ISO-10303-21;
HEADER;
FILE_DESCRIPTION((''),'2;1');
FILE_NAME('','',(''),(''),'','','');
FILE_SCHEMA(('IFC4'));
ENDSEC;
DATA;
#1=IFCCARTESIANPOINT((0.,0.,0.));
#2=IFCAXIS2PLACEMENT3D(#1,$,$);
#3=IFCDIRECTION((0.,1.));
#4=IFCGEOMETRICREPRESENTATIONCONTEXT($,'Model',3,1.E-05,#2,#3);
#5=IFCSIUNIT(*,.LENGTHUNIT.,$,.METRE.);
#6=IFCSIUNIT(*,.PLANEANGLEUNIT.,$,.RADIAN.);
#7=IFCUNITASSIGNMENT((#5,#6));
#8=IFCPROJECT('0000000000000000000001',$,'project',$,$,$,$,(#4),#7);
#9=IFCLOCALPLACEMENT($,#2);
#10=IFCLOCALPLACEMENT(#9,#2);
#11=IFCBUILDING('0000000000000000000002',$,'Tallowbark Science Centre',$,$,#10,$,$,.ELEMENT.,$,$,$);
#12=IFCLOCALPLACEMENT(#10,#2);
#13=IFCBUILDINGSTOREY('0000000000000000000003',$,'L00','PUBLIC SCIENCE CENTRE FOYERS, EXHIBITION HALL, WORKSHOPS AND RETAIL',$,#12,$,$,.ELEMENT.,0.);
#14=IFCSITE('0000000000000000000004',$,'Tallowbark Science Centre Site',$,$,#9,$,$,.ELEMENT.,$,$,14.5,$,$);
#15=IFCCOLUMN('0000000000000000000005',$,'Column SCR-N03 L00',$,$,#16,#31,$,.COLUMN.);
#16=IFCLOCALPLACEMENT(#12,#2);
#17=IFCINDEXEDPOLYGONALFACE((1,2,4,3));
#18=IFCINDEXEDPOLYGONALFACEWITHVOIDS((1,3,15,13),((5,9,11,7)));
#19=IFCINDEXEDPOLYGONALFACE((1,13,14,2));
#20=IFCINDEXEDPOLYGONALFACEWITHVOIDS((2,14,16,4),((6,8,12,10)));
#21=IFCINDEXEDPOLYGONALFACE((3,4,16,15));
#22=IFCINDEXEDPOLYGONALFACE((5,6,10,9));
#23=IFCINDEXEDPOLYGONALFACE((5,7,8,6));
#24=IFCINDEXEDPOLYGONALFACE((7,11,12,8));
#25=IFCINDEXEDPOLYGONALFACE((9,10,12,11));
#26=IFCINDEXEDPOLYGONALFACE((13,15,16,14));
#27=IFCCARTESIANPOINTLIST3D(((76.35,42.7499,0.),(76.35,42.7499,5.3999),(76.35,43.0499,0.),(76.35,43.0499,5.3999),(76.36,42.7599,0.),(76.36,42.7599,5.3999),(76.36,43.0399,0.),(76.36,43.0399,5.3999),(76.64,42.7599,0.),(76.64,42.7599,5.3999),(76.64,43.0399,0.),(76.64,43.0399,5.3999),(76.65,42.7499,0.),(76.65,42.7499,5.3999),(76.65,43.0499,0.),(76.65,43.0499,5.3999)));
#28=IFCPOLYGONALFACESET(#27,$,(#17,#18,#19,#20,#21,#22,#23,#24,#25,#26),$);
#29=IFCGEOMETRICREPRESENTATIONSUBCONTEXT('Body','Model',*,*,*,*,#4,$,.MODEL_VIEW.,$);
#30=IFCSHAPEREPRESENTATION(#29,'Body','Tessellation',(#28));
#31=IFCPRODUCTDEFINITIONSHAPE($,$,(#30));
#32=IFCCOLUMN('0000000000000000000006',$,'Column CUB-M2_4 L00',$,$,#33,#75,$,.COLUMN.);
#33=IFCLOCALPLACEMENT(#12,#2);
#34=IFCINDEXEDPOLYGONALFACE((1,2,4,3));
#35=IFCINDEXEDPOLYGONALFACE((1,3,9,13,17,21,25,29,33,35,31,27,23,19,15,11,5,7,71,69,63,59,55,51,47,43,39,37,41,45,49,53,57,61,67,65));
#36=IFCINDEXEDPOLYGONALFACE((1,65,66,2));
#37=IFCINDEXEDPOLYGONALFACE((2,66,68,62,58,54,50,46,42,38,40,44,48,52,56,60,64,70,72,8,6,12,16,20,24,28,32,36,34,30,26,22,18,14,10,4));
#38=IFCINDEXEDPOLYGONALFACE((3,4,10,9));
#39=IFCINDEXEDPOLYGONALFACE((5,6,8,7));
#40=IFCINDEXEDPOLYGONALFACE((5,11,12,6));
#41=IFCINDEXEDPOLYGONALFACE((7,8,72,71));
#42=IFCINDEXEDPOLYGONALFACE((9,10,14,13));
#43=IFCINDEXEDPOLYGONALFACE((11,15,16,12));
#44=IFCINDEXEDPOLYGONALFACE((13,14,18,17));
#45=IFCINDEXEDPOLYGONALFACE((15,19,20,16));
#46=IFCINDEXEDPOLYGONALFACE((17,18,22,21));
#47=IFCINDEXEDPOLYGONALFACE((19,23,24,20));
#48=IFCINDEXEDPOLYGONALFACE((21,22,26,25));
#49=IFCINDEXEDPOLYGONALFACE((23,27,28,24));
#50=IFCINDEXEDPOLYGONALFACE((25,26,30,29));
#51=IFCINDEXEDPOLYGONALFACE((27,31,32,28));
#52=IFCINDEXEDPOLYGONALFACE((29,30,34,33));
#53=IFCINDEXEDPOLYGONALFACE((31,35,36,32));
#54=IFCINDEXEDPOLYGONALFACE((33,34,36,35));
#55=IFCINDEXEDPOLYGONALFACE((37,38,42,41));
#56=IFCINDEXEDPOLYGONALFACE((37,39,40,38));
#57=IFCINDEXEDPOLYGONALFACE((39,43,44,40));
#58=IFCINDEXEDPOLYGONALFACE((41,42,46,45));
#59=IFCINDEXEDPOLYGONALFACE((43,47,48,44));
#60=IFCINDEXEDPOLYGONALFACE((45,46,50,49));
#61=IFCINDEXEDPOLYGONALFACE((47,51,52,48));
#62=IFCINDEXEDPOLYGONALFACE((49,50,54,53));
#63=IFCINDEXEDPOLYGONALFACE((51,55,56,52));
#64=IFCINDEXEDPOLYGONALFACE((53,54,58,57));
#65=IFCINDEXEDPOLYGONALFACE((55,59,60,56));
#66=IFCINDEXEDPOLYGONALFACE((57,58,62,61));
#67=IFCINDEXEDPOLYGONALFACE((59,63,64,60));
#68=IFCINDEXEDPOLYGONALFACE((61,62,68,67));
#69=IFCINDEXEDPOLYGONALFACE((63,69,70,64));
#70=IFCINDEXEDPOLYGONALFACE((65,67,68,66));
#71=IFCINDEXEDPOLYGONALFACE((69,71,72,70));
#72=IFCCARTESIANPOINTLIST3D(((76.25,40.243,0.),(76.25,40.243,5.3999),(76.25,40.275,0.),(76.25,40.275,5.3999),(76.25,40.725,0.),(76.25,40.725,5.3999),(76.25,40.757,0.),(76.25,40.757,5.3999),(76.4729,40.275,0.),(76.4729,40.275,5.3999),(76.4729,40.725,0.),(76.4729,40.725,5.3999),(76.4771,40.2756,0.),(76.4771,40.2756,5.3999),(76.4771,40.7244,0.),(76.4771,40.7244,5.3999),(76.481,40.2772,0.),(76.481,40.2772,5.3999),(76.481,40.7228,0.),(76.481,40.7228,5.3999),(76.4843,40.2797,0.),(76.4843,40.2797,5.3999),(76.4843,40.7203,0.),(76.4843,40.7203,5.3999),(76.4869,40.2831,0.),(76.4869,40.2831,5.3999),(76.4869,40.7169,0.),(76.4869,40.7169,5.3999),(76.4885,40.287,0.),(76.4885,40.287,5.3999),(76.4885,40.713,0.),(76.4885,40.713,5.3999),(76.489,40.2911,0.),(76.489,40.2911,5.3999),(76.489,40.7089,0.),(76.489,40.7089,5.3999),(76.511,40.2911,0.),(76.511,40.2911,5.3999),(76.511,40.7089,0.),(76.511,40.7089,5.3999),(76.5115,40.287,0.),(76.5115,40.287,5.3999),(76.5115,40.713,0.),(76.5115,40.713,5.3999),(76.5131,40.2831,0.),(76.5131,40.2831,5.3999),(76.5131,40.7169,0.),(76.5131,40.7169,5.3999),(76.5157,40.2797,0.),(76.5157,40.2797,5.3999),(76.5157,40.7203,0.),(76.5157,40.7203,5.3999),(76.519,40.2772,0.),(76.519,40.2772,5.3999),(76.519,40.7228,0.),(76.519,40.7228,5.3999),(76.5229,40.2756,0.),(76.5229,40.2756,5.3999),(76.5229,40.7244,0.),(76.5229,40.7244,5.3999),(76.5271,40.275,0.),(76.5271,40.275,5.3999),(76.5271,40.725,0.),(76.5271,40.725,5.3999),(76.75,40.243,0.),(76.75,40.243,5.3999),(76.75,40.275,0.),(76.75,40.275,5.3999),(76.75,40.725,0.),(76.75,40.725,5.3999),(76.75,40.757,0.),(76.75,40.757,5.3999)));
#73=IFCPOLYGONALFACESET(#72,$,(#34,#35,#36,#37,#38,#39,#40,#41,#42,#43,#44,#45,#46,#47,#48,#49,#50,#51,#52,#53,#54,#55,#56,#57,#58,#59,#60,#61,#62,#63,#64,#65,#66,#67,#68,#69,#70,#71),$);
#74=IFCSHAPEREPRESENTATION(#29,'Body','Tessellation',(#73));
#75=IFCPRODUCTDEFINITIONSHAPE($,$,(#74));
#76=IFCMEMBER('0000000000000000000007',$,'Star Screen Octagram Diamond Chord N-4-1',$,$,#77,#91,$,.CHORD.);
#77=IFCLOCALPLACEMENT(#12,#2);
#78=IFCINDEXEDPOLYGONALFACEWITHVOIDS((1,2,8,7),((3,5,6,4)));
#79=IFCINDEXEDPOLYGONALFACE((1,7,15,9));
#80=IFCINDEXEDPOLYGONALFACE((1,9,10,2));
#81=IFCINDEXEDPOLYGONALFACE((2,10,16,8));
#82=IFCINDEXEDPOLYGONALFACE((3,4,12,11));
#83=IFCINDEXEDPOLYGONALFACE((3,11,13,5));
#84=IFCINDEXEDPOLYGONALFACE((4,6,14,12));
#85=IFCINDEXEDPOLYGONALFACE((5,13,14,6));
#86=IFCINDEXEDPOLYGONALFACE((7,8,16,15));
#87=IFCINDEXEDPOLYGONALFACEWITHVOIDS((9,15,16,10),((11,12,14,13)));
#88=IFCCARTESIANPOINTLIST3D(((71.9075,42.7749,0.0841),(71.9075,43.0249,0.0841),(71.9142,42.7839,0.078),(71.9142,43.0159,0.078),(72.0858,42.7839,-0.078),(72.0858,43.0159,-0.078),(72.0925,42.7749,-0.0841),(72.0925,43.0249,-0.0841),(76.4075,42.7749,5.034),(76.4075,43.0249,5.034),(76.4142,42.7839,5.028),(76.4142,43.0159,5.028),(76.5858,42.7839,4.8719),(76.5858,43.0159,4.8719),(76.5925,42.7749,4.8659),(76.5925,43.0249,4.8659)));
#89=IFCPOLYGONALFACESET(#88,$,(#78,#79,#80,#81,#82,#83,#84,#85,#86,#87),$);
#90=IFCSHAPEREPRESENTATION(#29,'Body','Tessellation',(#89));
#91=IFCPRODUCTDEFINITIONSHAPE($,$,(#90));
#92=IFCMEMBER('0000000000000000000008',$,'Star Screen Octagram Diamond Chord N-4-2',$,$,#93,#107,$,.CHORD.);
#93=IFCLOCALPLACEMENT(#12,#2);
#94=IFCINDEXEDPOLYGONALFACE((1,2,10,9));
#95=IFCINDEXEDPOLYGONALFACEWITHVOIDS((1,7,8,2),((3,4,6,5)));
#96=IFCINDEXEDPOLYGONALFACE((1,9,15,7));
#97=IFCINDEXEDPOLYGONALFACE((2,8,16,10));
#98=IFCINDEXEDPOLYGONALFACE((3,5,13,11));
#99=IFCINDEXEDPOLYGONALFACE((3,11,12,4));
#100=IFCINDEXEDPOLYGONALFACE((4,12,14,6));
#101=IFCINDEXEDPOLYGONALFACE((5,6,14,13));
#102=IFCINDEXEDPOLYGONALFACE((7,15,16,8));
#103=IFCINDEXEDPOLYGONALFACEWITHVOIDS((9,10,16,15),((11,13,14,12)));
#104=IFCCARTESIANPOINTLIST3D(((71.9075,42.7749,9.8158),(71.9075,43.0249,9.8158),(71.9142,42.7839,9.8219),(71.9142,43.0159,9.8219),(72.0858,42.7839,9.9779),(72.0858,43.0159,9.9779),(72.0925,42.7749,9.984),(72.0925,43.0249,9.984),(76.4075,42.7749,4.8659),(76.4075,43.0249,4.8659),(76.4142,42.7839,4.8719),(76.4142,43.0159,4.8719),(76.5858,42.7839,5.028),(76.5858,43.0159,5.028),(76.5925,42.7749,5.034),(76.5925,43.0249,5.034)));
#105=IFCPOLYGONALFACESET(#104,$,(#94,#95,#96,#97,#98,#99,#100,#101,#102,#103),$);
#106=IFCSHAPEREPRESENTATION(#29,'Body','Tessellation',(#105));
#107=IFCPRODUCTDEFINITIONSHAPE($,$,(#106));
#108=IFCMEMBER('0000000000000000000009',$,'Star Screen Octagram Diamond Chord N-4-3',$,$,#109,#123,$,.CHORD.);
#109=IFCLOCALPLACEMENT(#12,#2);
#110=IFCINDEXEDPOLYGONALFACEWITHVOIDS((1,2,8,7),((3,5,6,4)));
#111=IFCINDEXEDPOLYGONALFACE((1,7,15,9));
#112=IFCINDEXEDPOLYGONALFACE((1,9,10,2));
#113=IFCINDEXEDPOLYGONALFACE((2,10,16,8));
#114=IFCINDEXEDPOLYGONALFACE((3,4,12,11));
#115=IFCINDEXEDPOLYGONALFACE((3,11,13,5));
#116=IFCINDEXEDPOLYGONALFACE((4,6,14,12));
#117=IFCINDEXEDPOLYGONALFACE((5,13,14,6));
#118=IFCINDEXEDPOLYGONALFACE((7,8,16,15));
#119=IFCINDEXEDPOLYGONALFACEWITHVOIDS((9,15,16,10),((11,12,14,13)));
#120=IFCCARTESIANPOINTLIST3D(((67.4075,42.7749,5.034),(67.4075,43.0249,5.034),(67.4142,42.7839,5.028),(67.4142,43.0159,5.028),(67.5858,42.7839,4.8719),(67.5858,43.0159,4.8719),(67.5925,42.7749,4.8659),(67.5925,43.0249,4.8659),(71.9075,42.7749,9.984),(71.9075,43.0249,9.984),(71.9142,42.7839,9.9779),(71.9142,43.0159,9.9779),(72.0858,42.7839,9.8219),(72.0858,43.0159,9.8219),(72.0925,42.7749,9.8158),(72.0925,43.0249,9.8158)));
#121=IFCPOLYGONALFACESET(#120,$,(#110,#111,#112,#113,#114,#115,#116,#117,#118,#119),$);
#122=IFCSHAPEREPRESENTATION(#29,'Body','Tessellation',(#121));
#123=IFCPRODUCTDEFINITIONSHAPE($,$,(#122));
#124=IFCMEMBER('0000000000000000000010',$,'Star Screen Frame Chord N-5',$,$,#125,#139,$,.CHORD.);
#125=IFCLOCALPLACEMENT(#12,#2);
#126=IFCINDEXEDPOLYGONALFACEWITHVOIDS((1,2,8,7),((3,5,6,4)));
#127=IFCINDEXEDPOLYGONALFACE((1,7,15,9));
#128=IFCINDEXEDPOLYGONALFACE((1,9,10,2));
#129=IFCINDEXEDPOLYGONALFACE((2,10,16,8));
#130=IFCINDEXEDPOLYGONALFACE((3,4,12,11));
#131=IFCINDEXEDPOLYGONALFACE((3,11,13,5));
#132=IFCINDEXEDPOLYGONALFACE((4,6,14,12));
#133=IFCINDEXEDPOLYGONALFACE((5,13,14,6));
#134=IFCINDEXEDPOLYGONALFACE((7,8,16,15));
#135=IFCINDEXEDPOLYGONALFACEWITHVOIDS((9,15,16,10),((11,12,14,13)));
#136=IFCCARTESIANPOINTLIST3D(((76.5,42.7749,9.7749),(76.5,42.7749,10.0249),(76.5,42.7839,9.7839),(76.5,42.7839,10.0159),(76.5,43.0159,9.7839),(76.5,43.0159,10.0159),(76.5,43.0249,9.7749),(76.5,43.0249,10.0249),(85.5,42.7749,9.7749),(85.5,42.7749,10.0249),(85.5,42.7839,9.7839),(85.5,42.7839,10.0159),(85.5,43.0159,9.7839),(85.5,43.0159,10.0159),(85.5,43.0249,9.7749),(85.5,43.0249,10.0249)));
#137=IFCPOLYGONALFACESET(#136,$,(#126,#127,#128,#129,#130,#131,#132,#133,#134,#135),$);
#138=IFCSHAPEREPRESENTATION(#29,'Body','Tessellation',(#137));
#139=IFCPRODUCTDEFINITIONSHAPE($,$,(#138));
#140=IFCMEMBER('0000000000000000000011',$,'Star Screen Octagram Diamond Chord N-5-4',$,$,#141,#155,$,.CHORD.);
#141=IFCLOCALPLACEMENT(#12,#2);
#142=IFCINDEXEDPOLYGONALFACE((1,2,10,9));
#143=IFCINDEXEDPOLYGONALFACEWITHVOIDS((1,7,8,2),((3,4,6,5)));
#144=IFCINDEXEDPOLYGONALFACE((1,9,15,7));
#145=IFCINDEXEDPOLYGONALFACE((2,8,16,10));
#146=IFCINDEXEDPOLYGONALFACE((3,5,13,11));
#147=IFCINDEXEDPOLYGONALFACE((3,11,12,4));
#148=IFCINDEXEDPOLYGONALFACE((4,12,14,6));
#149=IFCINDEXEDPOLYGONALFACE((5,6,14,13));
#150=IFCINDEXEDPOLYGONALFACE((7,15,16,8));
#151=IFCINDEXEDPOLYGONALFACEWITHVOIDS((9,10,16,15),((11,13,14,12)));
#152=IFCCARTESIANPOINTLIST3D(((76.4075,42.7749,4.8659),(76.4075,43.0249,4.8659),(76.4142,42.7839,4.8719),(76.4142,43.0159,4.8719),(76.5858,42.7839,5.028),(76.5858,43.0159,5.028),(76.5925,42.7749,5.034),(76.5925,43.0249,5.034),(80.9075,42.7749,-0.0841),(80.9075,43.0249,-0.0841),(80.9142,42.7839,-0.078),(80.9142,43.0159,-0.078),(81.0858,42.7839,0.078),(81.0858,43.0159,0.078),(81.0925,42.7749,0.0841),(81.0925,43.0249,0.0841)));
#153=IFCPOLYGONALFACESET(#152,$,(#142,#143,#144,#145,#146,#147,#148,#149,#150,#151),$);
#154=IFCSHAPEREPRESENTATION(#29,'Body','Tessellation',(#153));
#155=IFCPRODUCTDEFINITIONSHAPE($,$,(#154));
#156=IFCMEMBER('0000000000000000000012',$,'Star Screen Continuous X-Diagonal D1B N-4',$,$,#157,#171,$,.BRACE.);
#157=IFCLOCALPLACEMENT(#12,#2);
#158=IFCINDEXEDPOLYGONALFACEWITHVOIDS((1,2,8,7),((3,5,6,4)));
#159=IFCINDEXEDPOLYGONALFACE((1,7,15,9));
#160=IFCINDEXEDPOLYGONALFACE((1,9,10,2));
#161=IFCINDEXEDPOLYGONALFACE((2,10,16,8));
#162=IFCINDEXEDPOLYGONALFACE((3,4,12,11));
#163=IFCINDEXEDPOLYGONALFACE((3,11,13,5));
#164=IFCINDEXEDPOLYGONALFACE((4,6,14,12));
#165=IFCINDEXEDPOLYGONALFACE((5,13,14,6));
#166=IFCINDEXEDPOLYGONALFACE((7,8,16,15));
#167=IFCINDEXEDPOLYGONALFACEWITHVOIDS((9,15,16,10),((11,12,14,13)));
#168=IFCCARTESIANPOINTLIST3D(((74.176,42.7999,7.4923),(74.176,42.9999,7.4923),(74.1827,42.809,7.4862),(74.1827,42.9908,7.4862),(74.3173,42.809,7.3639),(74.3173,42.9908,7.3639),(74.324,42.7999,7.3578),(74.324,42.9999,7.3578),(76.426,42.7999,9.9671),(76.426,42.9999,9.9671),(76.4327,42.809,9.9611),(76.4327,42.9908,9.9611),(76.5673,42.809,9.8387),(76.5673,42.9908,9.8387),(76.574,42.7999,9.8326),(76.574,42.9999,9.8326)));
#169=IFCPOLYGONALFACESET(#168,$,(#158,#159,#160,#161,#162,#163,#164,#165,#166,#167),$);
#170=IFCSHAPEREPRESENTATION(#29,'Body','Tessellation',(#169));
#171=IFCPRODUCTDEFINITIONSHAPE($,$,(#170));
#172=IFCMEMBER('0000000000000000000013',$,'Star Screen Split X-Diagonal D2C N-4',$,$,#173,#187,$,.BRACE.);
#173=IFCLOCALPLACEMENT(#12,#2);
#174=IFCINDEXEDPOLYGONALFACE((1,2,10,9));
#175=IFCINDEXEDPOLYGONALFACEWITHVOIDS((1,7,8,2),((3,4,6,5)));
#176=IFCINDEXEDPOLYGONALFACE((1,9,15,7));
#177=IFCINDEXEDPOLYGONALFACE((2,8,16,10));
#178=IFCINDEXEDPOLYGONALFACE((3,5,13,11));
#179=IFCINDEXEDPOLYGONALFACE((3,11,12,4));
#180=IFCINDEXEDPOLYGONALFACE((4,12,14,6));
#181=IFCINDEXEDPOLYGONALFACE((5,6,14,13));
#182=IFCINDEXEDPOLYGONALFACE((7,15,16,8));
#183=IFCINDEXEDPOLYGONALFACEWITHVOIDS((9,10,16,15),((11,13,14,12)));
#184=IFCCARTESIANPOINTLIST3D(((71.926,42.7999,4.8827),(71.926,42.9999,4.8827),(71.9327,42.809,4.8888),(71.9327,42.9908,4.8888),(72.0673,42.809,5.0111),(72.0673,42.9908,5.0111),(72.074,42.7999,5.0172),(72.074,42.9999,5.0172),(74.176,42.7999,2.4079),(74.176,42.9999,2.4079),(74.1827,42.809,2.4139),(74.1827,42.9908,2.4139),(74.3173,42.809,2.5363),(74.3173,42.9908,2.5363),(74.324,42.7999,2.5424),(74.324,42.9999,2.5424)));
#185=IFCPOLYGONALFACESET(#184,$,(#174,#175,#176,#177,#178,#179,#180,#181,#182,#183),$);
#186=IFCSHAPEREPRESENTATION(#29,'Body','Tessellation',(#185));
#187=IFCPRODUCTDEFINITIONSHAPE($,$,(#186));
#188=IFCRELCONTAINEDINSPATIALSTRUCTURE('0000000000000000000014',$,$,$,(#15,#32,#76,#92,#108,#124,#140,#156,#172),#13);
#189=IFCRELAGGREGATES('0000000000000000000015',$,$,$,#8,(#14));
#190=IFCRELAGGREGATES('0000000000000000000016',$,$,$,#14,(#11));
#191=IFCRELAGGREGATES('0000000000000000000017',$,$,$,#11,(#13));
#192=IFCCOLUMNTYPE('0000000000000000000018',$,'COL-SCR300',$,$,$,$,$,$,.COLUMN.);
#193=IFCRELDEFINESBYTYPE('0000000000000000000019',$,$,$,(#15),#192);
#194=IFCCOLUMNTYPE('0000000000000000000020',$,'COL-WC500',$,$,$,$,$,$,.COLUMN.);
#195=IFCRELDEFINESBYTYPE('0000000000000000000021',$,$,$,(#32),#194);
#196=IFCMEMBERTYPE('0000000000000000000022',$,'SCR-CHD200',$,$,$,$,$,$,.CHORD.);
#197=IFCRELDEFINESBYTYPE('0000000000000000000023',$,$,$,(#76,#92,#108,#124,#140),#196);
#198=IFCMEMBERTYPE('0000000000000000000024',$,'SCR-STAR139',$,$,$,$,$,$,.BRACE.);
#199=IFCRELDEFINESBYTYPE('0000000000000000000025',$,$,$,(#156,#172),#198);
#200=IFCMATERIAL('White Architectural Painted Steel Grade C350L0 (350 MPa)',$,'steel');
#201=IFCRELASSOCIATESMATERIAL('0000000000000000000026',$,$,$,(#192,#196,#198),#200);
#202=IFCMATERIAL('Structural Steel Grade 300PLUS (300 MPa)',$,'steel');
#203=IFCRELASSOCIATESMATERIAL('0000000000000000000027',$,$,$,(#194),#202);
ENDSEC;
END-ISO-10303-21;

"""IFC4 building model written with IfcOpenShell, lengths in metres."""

from ifc_helpers import new_model, si_unit, direction, frame, origin, origin_2d, place, context, subcontext, project, spatial, hollow_rectangle, i_section, extrude, material, material_profile, profile_set, type_object, element, save


model = new_model("IFC4")

# Units and contexts
model_context = context("Model", 3, precision=1e-05, world=origin(), true_north=direction((0.0, 1.0)))
body_context = subcontext(model_context, "Body", "Model", "MODEL_VIEW")
ifc_project = project(units=[si_unit("LENGTHUNIT", "METRE"), si_unit("PLANEANGLEUNIT", "RADIAN")], contexts=[model_context])

# Site, building, storey
site_placement = place(None, origin())
site = spatial("IfcSite", under=ifc_project, at=site_placement, Name="Tallowbark Science Centre Site", CompositionType="ELEMENT", RefElevation=14.5)
building_placement = place(site_placement, origin())
building = spatial("IfcBuilding", under=site, at=building_placement, Name="Tallowbark Science Centre", CompositionType="ELEMENT")
storey_placement = place(building_placement, origin())
storey = spatial("IfcBuildingStorey", under=building, at=storey_placement, Name="L00", Description="PUBLIC SCIENCE CENTRE FOYERS, EXHIBITION HALL, WORKSHOPS AND RETAIL", CompositionType="ELEMENT", Elevation=0.0)

# Columns
ifc_material_1 = material(Name="White Architectural Painted Steel Grade C350L0 (350 MPa)", Category="steel")
ifc_material_profile_1 = material_profile(ifc_material_1, hollow_rectangle(XDim=0.3, YDim=0.3, WallThickness=0.01, at=origin_2d()), Name="300x300x10.0SHS")
ifc_profile_set_1 = profile_set([ifc_material_profile_1], Name="White Architectural Painted Steel Grade C350L0 (350 MPa)")
column_type_1 = type_object("IfcColumnType", Name="COL-SCR300", PredefinedType="COLUMN", material=ifc_profile_set_1)
column_1_placement = place(storey_placement, frame((76.5, 42.8999, 0.0), z_axis=(0.0, 0.0, 1.0), x_axis=(1.0, 0.0, 0.0)))
element("IfcColumn", 1, at=column_1_placement, inside=storey, type_object=column_type_1, Name="Column SCR-N03 L00", PredefinedType="COLUMN", context=body_context, shape_type="SweptSolid", body=[
    extrude(hollow_rectangle(XDim=0.3, YDim=0.3, WallThickness=0.01, at=origin_2d()), origin(), (0.0, 0.0, 1.0), 5.3999),
])
ifc_material_2 = material(Name="Structural Steel Grade 300PLUS (300 MPa)", Category="steel")
ifc_material_profile_2 = material_profile(ifc_material_2, i_section(OverallWidth=0.5, OverallDepth=0.5139, WebThickness=0.022, FlangeThickness=0.032, FilletRadius=0.0161, at=origin_2d()), Name="500WC340")
ifc_profile_set_2 = profile_set([ifc_material_profile_2], Name="Structural Steel Grade 300PLUS (300 MPa)")
column_type_2 = type_object("IfcColumnType", Name="COL-WC500", PredefinedType="COLUMN", material=ifc_profile_set_2)
column_2_placement = place(storey_placement, frame((76.5, 40.5, 0.0), z_axis=(0.0, 0.0, 1.0), x_axis=(1.0, 0.0, 0.0)))
element("IfcColumn", 2, at=column_2_placement, inside=storey, type_object=column_type_2, Name="Column CUB-M2_4 L00", PredefinedType="COLUMN", context=body_context, shape_type="SweptSolid", body=[
    extrude(i_section(OverallWidth=0.5, OverallDepth=0.5139, WebThickness=0.022, FlangeThickness=0.032, FilletRadius=0.0161, at=origin_2d()), origin(), (0.0, 0.0, 1.0), 5.3999),
])

# Members
ifc_material_profile_3 = material_profile(ifc_material_1, hollow_rectangle(XDim=0.25, YDim=0.25, WallThickness=0.009, at=origin_2d()), Name="250x250x9.0SHS")
ifc_profile_set_3 = profile_set([ifc_material_profile_3], Name="White Architectural Painted Steel Grade C350L0 (350 MPa)")
member_type_1 = type_object("IfcMemberType", Name="SCR-CHD200", PredefinedType="CHORD", material=ifc_profile_set_3)
for number, where, z_axis, x_axis, name in (
    (3, (72.0, 42.8999, 0.0), (0.672676, 0.0, 0.739937), (0.0, 1.0, 0.0), "Star Screen Octagram Diamond Chord N-4-1"),
    (4, (76.5, 42.8999, 4.95), (-0.672676, 0.0, 0.739937), (0.0, -1.0, 0.0), "Star Screen Octagram Diamond Chord N-4-2"),
    (5, (72.0, 42.8999, 9.8999), (-0.672676, 0.0, -0.739937), (0.0, -1.0, 0.0), "Star Screen Octagram Diamond Chord N-4-3"),
):
    element("IfcMember", number, at=place(storey_placement, frame(where, z_axis=z_axis, x_axis=x_axis)), inside=storey, type_object=member_type_1, Name=name, PredefinedType="CHORD", context=body_context, shape_type="SweptSolid", body=[
        extrude(hollow_rectangle(XDim=0.25, YDim=0.25, WallThickness=0.009, at=origin_2d()), origin(), (0.0, 0.0, 1.0), 6.6897),
    ])
member_1_placement = place(storey_placement, frame((76.5, 42.8999, 9.8999), z_axis=(1.0, 0.0, 0.0), x_axis=(0.0, 1.0, 0.0)))
element("IfcMember", 6, at=member_1_placement, inside=storey, type_object=member_type_1, Name="Star Screen Frame Chord N-5", PredefinedType="CHORD", context=body_context, shape_type="SweptSolid", body=[
    extrude(hollow_rectangle(XDim=0.25, YDim=0.25, WallThickness=0.009, at=origin_2d()), origin(), (0.0, 0.0, 1.0), 9.0),
])
member_2_placement = place(storey_placement, frame((76.5, 42.8999, 4.95), z_axis=(0.672676, 0.0, -0.739937), x_axis=(0.0, 1.0, 0.0)))
element("IfcMember", 7, at=member_2_placement, inside=storey, type_object=member_type_1, Name="Star Screen Octagram Diamond Chord N-5-4", PredefinedType="CHORD", context=body_context, shape_type="SweptSolid", body=[
    extrude(hollow_rectangle(XDim=0.25, YDim=0.25, WallThickness=0.009, at=origin_2d()), origin(), (0.0, 0.0, 1.0), 6.6897),
])
ifc_material_profile_4 = material_profile(ifc_material_1, hollow_rectangle(XDim=0.2, YDim=0.2, WallThickness=0.009, at=origin_2d()), Name="200x200x9.0SHS")
ifc_profile_set_4 = profile_set([ifc_material_profile_4], Name="White Architectural Painted Steel Grade C350L0 (350 MPa)")
member_type_2 = type_object("IfcMemberType", Name="SCR-STAR139", PredefinedType="BRACE", material=ifc_profile_set_4)
for number, where, z_axis, x_axis, name in (
    (8, (74.25, 42.8999, 7.425), (0.672695, 0.0, 0.73992), (0.0, 1.0, 0.0), "Star Screen Continuous X-Diagonal D1B N-4"),
    (9, (72.0, 42.8999, 4.95), (0.672695, 0.0, -0.73992), (0.0, 1.0, 0.0), "Star Screen Split X-Diagonal D2C N-4"),
):
    element("IfcMember", number, at=place(storey_placement, frame(where, z_axis=z_axis, x_axis=x_axis)), inside=storey, type_object=member_type_2, Name=name, PredefinedType="BRACE", context=body_context, shape_type="SweptSolid", body=[
        extrude(hollow_rectangle(XDim=0.2, YDim=0.2, WallThickness=0.009, at=origin_2d()), origin(), (0.0, 0.0, 1.0), 3.3447),
    ])

save(model, "model.ifc")
